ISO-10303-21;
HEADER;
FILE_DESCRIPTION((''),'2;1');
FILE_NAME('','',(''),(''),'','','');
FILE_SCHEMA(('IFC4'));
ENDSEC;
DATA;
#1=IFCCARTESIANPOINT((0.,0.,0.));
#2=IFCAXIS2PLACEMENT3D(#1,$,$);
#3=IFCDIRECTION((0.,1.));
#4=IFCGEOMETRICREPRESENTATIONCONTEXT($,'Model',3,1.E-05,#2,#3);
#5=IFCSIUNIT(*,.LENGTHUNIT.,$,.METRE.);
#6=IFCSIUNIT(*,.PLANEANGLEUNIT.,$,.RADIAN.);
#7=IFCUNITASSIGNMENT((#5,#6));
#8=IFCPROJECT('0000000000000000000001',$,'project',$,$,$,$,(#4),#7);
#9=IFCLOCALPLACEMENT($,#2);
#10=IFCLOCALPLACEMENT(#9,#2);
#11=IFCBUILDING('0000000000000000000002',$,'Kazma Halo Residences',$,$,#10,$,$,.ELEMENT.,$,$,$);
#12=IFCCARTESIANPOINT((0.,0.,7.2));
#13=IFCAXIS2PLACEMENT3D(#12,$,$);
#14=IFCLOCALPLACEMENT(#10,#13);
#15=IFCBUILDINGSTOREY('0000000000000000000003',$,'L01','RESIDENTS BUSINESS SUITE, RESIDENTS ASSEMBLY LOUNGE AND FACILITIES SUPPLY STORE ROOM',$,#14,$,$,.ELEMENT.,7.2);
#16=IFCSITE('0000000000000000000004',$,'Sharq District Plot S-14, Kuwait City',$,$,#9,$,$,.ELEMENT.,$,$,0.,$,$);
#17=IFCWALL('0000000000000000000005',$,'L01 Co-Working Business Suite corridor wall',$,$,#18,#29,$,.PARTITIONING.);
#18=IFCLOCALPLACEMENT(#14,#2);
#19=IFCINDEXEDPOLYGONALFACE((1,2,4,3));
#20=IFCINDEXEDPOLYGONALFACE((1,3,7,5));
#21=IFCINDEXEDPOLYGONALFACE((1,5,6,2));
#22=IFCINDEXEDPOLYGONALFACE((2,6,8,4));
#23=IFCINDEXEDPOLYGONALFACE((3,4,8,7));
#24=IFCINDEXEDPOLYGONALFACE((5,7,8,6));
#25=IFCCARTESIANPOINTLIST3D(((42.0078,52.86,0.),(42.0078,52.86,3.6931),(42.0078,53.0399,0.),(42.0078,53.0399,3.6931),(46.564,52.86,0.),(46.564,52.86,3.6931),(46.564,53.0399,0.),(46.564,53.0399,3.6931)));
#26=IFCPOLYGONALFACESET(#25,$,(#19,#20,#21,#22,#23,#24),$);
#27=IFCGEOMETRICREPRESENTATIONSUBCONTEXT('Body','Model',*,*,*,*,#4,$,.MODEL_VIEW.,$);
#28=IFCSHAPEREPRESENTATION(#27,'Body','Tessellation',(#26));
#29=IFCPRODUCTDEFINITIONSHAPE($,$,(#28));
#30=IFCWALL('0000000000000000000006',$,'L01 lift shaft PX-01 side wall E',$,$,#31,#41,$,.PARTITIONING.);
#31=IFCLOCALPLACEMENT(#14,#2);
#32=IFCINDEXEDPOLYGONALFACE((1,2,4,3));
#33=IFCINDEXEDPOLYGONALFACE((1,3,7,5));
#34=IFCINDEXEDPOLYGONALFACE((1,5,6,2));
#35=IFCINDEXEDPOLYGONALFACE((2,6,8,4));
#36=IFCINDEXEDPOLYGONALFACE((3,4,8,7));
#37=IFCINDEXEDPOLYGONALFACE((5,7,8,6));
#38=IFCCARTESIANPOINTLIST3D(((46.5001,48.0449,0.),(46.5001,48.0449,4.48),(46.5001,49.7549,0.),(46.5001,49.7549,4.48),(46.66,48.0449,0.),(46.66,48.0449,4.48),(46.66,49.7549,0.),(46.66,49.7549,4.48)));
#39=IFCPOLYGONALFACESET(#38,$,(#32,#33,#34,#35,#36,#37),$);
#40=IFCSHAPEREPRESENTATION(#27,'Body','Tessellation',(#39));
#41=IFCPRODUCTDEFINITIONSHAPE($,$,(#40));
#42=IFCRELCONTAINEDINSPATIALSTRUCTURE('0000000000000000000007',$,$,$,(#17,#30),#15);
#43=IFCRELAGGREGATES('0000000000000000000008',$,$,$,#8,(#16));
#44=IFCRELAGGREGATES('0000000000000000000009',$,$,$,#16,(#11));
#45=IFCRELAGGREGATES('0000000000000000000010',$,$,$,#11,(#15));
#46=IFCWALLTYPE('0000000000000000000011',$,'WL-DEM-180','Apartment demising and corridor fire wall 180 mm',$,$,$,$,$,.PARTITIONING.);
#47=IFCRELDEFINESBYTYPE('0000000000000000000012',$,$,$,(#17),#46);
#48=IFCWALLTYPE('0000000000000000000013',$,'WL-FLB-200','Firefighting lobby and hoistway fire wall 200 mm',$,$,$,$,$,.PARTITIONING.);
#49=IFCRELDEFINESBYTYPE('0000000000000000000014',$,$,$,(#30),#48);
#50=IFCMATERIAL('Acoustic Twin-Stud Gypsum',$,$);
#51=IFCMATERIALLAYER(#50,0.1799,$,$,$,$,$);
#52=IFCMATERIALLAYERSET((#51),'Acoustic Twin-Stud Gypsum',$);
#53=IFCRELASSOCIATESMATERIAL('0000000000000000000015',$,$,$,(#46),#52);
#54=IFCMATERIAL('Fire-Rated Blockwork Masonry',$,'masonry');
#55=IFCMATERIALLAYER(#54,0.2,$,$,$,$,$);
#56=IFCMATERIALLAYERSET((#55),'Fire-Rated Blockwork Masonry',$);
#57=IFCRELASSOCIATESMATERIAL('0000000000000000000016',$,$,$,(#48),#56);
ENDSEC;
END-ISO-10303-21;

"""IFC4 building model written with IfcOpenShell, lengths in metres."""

from ifc_helpers import new_model, si_unit, direction, frame, frame_2d, origin, place, context, subcontext, project, spatial, rectangle, extrude, material, layer, layer_set, type_object, element, save


model = new_model("IFC4")

# Units and contexts
model_context = context("Model", 3, precision=1e-05, world=origin(), true_north=direction((0.0, 1.0)))
body_context = subcontext(model_context, "Body", "Model", "MODEL_VIEW")
ifc_project = project(units=[si_unit("LENGTHUNIT", "METRE"), si_unit("PLANEANGLEUNIT", "RADIAN")], contexts=[model_context])

# Site, building, storey
site_placement = place(None, origin())
site = spatial("IfcSite", under=ifc_project, at=site_placement, Name="Sharq District Plot S-14, Kuwait City", CompositionType="ELEMENT", RefElevation=0.0)
building_placement = place(site_placement, origin())
building = spatial("IfcBuilding", under=site, at=building_placement, Name="Kazma Halo Residences", CompositionType="ELEMENT")
storey_placement = place(building_placement, frame((0.0, 0.0, 7.2)))
storey = spatial("IfcBuildingStorey", under=building, at=storey_placement, Name="L01", Description="RESIDENTS BUSINESS SUITE, RESIDENTS ASSEMBLY LOUNGE AND FACILITIES SUPPLY STORE ROOM", CompositionType="ELEMENT", Elevation=7.2)

# Wall
ifc_material_1 = material(Name="Acoustic Twin-Stud Gypsum")
ifc_layer_1 = layer(ifc_material_1, 0.1799)
ifc_layer_set_1 = layer_set([ifc_layer_1], Name="Acoustic Twin-Stud Gypsum")
wall_type_1 = type_object("IfcWallType", Name="WL-DEM-180", Description="Apartment demising and corridor fire wall 180 mm", PredefinedType="PARTITIONING", material=ifc_layer_set_1)
wall_1_placement = place(storey_placement, frame((46.564, 52.95, 0.0), z_axis=(0.0, 0.0, 1.0), x_axis=(-1.0, 0.0, 0.0)))
element("IfcWall", 1, at=wall_1_placement, inside=storey, type_object=wall_type_1, Name="L01 Co-Working Business Suite corridor wall", PredefinedType="PARTITIONING", context=body_context, shape_type="SweptSolid", body=[
    extrude(rectangle(XDim=4.5562, YDim=0.1799, at=frame_2d((2.2781, 0.0))), origin(), (0.0, 0.0, 1.0), 3.6931),
])

# Wall
ifc_material_2 = material(Name="Fire-Rated Blockwork Masonry", Category="masonry")
ifc_layer_2 = layer(ifc_material_2, 0.2)
ifc_layer_set_2 = layer_set([ifc_layer_2], Name="Fire-Rated Blockwork Masonry")
wall_type_2 = type_object("IfcWallType", Name="WL-FLB-200", Description="Firefighting lobby and hoistway fire wall 200 mm", PredefinedType="PARTITIONING", material=ifc_layer_set_2)
wall_2_placement = place(storey_placement, frame((46.5801, 48.0449, 0.0), z_axis=(0.0, 0.0, 1.0), x_axis=(0.0, 1.0, 0.0)))
element("IfcWall", 2, at=wall_2_placement, inside=storey, type_object=wall_type_2, Name="L01 lift shaft PX-01 side wall E", PredefinedType="PARTITIONING", context=body_context, shape_type="SweptSolid", body=[
    extrude(rectangle(XDim=1.71, YDim=0.1599, at=frame_2d((0.855, 0.0))), origin(), (0.0, 0.0, 1.0), 4.48),
])

save(model, "model.ifc")
